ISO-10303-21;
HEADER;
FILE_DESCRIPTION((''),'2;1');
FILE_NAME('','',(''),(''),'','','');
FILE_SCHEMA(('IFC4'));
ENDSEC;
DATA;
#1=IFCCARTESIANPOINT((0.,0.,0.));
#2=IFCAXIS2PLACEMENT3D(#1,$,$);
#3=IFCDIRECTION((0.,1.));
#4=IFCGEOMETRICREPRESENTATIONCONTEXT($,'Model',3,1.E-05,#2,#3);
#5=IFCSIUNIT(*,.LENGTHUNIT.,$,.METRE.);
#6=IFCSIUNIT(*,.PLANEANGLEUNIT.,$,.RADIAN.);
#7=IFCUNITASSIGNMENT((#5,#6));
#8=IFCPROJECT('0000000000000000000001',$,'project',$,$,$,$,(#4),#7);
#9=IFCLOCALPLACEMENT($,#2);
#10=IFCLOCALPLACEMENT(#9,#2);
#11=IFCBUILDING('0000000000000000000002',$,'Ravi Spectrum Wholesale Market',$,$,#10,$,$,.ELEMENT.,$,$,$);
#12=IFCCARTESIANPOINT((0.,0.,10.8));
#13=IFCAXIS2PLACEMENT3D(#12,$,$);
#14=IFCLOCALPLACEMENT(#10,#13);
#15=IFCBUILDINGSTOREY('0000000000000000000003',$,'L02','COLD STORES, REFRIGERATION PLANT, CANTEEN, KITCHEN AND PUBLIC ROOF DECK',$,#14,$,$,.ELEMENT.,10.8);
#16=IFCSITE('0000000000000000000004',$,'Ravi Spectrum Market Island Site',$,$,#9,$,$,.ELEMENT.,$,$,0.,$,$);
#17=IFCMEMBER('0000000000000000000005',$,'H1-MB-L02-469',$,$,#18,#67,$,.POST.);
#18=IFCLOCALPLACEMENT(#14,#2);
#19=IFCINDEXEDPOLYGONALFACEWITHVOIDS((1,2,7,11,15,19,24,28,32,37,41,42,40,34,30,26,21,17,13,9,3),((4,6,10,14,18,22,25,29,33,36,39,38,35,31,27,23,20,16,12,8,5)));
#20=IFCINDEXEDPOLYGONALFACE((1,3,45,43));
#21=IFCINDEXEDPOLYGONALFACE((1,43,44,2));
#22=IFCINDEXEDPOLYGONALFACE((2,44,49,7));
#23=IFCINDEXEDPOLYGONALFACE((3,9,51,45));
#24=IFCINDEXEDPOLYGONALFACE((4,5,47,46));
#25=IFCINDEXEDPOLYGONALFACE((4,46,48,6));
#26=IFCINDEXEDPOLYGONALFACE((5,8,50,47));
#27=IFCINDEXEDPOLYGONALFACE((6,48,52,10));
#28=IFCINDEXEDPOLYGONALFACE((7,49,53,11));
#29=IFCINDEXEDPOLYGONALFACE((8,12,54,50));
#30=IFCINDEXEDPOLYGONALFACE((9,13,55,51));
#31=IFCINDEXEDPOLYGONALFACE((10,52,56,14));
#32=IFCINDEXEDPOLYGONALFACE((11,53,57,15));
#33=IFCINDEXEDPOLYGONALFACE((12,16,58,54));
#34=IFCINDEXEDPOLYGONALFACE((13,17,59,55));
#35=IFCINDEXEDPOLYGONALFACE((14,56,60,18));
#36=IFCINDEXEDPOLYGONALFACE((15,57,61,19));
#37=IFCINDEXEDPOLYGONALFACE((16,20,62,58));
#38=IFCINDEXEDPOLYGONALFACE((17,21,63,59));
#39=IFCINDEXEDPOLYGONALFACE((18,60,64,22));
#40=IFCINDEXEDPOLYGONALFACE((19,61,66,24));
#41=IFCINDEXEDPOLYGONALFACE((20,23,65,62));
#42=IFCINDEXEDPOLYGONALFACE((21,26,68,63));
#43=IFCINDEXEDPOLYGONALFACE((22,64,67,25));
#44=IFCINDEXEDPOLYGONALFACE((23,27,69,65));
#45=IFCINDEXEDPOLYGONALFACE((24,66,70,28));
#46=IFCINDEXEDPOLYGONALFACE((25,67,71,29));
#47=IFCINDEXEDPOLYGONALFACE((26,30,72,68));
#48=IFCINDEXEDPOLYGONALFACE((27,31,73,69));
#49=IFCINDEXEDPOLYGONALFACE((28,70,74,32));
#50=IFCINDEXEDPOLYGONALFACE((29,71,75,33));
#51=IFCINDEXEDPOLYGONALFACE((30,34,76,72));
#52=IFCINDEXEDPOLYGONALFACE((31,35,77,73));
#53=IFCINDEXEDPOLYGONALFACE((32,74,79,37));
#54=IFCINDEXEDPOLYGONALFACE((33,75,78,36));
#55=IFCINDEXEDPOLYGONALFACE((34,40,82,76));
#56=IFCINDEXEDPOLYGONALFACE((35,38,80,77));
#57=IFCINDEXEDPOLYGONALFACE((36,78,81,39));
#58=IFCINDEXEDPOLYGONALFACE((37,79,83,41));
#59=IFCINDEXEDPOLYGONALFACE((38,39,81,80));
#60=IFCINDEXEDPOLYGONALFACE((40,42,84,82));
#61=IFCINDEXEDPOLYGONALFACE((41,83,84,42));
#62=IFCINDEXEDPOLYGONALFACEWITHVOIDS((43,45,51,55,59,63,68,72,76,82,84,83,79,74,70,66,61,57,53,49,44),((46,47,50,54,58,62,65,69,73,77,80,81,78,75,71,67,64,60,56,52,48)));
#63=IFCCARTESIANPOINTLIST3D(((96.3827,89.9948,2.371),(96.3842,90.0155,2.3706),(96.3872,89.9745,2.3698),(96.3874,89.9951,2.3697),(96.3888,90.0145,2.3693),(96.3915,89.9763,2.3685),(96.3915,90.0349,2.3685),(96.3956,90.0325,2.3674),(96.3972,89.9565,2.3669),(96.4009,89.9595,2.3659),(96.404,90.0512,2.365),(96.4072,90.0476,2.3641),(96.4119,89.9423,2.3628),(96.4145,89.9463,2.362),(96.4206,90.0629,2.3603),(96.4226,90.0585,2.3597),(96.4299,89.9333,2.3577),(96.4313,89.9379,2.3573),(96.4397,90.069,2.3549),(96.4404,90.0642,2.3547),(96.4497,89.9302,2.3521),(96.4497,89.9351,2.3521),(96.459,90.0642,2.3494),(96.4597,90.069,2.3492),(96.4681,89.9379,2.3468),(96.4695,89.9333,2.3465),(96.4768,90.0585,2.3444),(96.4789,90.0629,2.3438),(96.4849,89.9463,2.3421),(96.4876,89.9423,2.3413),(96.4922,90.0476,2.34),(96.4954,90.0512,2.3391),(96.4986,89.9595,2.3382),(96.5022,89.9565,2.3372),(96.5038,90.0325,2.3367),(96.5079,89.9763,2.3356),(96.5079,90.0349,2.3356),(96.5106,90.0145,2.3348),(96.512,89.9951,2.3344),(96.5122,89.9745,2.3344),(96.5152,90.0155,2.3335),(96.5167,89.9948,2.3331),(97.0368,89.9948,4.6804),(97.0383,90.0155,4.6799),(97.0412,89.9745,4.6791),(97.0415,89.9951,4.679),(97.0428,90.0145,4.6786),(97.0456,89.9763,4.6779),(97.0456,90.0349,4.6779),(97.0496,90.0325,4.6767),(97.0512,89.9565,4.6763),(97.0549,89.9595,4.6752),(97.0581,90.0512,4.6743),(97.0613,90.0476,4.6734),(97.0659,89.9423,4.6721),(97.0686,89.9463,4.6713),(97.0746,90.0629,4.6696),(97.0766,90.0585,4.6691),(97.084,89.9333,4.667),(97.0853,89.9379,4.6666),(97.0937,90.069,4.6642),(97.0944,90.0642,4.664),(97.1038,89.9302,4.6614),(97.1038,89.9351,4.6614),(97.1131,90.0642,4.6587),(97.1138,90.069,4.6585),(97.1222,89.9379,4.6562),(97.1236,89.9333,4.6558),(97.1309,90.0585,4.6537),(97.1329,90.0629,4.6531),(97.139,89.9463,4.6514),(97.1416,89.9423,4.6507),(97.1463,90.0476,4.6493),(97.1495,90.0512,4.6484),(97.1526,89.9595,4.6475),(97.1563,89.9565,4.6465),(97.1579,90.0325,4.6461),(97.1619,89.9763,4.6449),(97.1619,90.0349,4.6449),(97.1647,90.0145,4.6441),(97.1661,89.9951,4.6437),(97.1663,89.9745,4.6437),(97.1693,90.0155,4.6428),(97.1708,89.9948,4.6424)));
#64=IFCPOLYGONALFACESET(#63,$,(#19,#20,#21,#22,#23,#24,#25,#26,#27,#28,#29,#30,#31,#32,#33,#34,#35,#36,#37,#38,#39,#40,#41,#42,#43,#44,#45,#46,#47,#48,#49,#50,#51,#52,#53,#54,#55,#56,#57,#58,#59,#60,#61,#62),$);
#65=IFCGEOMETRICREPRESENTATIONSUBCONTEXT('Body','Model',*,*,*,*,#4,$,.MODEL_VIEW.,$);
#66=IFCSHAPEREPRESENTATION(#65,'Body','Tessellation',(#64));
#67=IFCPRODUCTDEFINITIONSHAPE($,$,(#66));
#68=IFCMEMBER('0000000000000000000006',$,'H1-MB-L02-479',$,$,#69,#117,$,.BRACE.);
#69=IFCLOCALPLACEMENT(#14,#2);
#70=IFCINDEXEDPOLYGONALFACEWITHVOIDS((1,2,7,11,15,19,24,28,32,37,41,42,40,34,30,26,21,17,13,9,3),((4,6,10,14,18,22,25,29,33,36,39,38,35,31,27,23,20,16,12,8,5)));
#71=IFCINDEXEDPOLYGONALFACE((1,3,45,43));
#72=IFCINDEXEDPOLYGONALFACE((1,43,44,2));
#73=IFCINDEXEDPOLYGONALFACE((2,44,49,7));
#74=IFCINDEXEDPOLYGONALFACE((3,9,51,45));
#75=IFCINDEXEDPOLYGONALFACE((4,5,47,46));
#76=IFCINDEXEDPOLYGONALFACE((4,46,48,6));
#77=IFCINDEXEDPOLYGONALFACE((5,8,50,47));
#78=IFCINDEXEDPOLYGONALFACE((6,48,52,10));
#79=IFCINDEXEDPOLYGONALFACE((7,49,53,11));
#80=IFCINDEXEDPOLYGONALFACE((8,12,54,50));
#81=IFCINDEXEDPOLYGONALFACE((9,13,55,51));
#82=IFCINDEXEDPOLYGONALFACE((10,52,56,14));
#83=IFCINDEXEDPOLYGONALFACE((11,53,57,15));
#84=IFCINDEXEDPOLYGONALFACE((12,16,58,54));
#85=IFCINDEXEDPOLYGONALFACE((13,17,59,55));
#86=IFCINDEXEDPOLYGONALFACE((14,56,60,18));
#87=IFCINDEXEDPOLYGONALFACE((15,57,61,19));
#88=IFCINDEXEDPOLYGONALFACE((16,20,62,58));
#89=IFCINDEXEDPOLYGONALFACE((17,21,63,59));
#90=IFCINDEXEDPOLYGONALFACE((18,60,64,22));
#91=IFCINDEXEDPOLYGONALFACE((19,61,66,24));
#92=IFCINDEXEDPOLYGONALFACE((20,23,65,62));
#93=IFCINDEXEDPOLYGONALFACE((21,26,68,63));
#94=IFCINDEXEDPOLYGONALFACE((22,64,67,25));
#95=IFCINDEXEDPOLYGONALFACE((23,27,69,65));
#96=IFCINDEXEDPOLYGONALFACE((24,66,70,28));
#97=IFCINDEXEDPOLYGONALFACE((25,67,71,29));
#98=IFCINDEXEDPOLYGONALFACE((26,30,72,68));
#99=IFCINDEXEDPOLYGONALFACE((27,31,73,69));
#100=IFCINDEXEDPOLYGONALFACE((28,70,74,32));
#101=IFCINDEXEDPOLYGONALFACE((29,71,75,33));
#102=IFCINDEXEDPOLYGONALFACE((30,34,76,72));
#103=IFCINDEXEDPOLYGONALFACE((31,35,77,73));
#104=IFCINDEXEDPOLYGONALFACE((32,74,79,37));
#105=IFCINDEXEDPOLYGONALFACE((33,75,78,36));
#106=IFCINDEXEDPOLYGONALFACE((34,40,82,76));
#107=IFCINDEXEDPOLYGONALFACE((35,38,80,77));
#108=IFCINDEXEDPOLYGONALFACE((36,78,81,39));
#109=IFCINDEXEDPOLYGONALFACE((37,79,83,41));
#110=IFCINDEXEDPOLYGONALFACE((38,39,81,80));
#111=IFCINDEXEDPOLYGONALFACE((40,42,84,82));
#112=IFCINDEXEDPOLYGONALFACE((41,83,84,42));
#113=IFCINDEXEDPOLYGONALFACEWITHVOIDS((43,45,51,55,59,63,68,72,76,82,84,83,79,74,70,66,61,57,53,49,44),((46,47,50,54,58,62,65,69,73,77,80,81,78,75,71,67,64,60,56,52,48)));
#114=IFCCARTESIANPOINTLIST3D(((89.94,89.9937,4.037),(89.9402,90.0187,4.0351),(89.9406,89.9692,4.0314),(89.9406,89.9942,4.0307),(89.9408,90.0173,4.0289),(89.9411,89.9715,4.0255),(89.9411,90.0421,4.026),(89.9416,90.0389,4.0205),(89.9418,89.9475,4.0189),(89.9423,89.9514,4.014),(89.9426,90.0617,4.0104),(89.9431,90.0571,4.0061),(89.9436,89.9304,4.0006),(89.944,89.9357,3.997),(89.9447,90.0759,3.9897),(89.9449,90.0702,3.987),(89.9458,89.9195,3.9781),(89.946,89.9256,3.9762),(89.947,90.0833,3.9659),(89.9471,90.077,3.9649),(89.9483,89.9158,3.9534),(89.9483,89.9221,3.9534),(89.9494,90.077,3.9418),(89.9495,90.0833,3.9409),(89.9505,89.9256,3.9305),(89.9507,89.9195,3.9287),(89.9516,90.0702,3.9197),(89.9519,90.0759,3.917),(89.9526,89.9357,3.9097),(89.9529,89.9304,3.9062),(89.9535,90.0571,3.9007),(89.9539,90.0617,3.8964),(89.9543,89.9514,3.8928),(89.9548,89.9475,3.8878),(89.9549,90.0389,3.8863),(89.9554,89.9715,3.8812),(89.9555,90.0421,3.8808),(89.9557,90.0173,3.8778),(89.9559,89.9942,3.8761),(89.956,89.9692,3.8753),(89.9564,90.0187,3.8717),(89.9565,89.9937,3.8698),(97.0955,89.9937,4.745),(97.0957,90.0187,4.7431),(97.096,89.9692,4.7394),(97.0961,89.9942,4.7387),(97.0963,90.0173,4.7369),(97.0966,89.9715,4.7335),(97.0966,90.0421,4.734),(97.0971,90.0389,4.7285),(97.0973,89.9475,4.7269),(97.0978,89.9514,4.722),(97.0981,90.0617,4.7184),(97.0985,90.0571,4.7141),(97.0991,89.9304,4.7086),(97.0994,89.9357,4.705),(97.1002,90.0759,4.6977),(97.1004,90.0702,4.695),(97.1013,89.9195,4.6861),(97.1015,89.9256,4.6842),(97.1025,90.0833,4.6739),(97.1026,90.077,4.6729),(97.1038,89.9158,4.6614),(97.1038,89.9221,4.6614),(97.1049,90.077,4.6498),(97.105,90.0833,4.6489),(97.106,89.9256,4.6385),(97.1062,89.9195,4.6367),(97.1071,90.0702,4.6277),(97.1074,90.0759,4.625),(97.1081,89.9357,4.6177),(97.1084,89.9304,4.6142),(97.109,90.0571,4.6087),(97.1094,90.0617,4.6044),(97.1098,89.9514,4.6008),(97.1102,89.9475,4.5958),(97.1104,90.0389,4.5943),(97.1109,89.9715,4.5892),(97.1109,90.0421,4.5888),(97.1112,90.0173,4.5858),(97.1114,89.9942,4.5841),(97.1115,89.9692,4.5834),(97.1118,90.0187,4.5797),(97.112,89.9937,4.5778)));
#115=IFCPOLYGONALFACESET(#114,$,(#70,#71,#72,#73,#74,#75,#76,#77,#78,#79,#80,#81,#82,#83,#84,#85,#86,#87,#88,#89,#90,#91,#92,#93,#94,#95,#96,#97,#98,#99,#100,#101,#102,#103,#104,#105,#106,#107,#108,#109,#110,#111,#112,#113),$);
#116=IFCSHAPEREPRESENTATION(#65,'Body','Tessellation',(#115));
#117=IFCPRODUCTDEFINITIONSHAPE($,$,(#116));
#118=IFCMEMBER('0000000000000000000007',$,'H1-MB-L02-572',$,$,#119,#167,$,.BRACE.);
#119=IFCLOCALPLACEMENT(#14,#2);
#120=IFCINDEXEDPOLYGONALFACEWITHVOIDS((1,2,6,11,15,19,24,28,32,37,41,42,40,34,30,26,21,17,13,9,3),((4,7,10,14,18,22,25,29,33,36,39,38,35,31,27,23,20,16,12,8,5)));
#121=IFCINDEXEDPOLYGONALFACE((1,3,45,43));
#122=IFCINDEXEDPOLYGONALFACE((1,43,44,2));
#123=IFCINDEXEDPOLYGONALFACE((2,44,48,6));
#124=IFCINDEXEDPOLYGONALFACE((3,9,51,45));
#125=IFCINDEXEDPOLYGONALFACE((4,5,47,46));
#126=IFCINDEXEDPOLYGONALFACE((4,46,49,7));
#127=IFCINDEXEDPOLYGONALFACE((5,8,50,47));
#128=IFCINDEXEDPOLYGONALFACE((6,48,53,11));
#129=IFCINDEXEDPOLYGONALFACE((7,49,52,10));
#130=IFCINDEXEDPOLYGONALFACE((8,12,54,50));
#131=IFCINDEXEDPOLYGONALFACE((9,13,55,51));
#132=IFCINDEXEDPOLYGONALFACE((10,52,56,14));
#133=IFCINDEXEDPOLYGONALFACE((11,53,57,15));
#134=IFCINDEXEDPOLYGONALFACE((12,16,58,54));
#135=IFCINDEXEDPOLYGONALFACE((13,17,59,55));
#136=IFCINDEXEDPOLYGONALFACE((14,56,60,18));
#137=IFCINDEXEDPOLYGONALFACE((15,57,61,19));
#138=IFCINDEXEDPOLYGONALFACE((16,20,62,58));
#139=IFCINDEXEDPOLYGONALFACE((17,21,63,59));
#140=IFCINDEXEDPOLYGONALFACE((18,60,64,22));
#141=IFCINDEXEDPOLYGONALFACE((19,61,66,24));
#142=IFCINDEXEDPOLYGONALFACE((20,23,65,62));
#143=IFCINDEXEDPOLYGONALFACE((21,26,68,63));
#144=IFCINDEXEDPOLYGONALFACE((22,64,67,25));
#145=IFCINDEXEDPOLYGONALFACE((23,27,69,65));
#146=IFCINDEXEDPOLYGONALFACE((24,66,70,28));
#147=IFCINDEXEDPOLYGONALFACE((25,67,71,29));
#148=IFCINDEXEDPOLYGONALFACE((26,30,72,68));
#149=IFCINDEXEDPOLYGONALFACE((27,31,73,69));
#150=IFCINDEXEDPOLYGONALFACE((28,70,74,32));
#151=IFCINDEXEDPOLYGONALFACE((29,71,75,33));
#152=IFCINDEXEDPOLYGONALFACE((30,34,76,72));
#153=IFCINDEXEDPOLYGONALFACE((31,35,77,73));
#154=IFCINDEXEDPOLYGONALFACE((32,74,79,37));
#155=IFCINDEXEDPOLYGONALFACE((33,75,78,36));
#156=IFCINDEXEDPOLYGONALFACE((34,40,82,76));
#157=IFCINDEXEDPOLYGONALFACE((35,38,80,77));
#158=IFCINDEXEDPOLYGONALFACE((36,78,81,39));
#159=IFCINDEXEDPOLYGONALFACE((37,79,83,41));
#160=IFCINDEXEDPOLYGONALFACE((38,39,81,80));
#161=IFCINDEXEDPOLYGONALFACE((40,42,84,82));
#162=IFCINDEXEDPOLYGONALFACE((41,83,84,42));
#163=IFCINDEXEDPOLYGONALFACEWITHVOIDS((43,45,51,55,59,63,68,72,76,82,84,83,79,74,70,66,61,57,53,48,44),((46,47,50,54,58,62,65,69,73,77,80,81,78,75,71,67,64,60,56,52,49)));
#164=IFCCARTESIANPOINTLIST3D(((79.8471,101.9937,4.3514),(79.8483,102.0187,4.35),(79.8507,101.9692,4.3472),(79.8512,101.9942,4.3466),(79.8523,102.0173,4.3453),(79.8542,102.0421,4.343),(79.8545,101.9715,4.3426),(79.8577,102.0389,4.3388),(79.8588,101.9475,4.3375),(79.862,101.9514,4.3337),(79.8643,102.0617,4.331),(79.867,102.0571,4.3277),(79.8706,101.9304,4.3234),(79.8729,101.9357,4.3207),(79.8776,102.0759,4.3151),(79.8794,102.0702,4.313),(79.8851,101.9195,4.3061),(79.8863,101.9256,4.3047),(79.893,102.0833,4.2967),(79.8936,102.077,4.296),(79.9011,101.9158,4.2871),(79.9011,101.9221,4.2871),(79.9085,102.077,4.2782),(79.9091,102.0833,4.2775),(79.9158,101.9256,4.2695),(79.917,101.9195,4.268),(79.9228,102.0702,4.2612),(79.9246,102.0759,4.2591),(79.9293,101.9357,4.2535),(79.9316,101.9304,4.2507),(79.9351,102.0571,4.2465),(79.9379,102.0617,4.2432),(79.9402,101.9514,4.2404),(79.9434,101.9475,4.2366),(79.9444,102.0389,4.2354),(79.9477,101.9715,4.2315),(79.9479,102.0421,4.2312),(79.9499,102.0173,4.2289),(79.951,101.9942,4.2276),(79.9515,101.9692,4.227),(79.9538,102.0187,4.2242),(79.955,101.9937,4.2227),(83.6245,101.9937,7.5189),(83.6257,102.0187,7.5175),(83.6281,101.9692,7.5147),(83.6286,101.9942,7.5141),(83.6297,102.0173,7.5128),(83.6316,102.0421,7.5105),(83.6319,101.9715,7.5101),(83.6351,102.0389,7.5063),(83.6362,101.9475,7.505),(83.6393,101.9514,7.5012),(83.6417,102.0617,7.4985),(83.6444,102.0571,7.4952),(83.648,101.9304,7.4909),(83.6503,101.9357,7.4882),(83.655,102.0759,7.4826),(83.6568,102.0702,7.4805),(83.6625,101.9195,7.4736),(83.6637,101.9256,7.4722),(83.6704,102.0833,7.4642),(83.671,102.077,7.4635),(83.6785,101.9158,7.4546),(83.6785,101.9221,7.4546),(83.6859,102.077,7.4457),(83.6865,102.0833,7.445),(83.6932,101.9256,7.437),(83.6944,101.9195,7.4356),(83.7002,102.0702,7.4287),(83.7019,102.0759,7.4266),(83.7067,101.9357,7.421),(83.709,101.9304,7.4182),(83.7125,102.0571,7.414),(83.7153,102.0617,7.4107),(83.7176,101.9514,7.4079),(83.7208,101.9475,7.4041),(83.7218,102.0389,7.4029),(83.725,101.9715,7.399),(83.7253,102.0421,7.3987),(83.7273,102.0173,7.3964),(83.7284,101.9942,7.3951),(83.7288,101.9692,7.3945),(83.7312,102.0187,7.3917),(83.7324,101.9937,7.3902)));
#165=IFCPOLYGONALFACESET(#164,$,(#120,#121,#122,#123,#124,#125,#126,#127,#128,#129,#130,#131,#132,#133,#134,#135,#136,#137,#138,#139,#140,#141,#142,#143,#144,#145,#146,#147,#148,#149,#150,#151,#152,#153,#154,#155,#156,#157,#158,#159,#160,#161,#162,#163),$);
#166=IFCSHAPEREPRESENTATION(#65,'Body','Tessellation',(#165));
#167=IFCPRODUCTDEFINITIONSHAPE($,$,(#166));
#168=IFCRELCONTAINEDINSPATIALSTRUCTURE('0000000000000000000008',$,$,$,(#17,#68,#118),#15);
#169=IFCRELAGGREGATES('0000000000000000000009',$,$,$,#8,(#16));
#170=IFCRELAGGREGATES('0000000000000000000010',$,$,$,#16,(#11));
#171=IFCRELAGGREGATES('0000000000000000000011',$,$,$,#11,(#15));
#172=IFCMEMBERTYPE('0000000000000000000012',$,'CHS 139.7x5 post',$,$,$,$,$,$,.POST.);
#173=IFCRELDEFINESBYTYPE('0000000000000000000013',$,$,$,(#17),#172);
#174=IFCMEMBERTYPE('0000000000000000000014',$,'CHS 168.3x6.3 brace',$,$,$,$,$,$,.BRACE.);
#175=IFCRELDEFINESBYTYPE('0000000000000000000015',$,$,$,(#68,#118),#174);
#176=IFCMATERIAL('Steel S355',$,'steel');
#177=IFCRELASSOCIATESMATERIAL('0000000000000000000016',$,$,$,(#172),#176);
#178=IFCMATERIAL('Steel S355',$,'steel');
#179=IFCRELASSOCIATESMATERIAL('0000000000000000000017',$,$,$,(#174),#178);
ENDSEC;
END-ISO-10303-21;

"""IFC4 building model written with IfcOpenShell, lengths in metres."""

from ifc_helpers import new_model, si_unit, direction, frame, origin, origin_2d, place, context, subcontext, project, spatial, hollow_circle, extrude, material, material_profile, profile_set, type_object, element, save


model = new_model("IFC4")

# Units and contexts
model_context = context("Model", 3, precision=1e-05, world=origin(), true_north=direction((0.0, 1.0)))
body_context = subcontext(model_context, "Body", "Model", "MODEL_VIEW")
ifc_project = project(units=[si_unit("LENGTHUNIT", "METRE"), si_unit("PLANEANGLEUNIT", "RADIAN")], contexts=[model_context])

# Site, building, storey
site_placement = place(None, origin())
site = spatial("IfcSite", under=ifc_project, at=site_placement, Name="Ravi Spectrum Market Island Site", CompositionType="ELEMENT", RefElevation=0.0)
building_placement = place(site_placement, origin())
building = spatial("IfcBuilding", under=site, at=building_placement, Name="Ravi Spectrum Wholesale Market", CompositionType="ELEMENT")
storey_placement = place(building_placement, frame((0.0, 0.0, 10.8)))
storey = spatial("IfcBuildingStorey", under=building, at=storey_placement, Name="L02", Description="COLD STORES, REFRIGERATION PLANT, CANTEEN, KITCHEN AND PUBLIC ROOF DECK", CompositionType="ELEMENT", Elevation=10.8)

# Members
ifc_material_1 = material(Name="Steel S355", Category="steel")
ifc_material_profile_1 = material_profile(ifc_material_1, hollow_circle(Radius=0.0698, WallThickness=0.0049, at=origin_2d()))
ifc_profile_set_1 = profile_set([ifc_material_profile_1], Name="Steel S355")
member_type_1 = type_object("IfcMemberType", Name="CHS 139.7x5 post", PredefinedType="POST", material=ifc_profile_set_1)
for number, where, z_axis, x_axis, name in (
    (1, (97.1038, 90.0, 4.6614), (-0.272504, 0.0, -0.962155), (0.0, -1.0, 0.0), "H1-MB-L02-469"),
):
    element("IfcMember", number, at=place(storey_placement, frame(where, z_axis=z_axis, x_axis=x_axis)), inside=storey, type_object=member_type_1, Name=name, PredefinedType="POST", context=body_context, shape_type="SweptSolid", body=[
        extrude(hollow_circle(Radius=0.0698, WallThickness=0.0049, at=origin_2d()), origin(), (0.0, 0.0, 1.0), 2.4001),
    ])
ifc_material_2 = material(Name="Steel S355", Category="steel")
ifc_material_profile_2 = material_profile(ifc_material_2, hollow_circle(Radius=0.0842, WallThickness=0.0063, at=origin_2d()))
ifc_profile_set_2 = profile_set([ifc_material_profile_2], Name="Steel S355")
member_type_2 = type_object("IfcMemberType", Name="CHS 168.3x6.3 brace", PredefinedType="BRACE", material=ifc_profile_set_2)
member_1_placement = place(storey_placement, frame((97.1038, 90.0, 4.6614), z_axis=(-0.995141, 0.0, -0.098465), x_axis=(0.0, -1.0, 0.0)))
element("IfcMember", 2, at=member_1_placement, inside=storey, type_object=member_type_2, Name="H1-MB-L02-479", PredefinedType="BRACE", context=body_context, shape_type="SweptSolid", body=[
    extrude(hollow_circle(Radius=0.0842, WallThickness=0.0063, at=origin_2d()), origin(), (0.0, 0.0, 1.0), 7.1904),
])
for number, where, z_axis, x_axis, name in (
    (3, (83.6785, 102.0, 7.4546), (-0.766253, 0.0, -0.642539), (0.0, -1.0, 0.0), "H1-MB-L02-572"),
):
    element("IfcMember", number, at=place(storey_placement, frame(where, z_axis=z_axis, x_axis=x_axis)), inside=storey, type_object=member_type_2, Name=name, PredefinedType="BRACE", context=body_context, shape_type="SweptSolid", body=[
        extrude(hollow_circle(Radius=0.0842, WallThickness=0.0063, at=origin_2d()), origin(), (0.0, 0.0, 1.0), 4.9297),
    ])

save(model, "model.ifc")
